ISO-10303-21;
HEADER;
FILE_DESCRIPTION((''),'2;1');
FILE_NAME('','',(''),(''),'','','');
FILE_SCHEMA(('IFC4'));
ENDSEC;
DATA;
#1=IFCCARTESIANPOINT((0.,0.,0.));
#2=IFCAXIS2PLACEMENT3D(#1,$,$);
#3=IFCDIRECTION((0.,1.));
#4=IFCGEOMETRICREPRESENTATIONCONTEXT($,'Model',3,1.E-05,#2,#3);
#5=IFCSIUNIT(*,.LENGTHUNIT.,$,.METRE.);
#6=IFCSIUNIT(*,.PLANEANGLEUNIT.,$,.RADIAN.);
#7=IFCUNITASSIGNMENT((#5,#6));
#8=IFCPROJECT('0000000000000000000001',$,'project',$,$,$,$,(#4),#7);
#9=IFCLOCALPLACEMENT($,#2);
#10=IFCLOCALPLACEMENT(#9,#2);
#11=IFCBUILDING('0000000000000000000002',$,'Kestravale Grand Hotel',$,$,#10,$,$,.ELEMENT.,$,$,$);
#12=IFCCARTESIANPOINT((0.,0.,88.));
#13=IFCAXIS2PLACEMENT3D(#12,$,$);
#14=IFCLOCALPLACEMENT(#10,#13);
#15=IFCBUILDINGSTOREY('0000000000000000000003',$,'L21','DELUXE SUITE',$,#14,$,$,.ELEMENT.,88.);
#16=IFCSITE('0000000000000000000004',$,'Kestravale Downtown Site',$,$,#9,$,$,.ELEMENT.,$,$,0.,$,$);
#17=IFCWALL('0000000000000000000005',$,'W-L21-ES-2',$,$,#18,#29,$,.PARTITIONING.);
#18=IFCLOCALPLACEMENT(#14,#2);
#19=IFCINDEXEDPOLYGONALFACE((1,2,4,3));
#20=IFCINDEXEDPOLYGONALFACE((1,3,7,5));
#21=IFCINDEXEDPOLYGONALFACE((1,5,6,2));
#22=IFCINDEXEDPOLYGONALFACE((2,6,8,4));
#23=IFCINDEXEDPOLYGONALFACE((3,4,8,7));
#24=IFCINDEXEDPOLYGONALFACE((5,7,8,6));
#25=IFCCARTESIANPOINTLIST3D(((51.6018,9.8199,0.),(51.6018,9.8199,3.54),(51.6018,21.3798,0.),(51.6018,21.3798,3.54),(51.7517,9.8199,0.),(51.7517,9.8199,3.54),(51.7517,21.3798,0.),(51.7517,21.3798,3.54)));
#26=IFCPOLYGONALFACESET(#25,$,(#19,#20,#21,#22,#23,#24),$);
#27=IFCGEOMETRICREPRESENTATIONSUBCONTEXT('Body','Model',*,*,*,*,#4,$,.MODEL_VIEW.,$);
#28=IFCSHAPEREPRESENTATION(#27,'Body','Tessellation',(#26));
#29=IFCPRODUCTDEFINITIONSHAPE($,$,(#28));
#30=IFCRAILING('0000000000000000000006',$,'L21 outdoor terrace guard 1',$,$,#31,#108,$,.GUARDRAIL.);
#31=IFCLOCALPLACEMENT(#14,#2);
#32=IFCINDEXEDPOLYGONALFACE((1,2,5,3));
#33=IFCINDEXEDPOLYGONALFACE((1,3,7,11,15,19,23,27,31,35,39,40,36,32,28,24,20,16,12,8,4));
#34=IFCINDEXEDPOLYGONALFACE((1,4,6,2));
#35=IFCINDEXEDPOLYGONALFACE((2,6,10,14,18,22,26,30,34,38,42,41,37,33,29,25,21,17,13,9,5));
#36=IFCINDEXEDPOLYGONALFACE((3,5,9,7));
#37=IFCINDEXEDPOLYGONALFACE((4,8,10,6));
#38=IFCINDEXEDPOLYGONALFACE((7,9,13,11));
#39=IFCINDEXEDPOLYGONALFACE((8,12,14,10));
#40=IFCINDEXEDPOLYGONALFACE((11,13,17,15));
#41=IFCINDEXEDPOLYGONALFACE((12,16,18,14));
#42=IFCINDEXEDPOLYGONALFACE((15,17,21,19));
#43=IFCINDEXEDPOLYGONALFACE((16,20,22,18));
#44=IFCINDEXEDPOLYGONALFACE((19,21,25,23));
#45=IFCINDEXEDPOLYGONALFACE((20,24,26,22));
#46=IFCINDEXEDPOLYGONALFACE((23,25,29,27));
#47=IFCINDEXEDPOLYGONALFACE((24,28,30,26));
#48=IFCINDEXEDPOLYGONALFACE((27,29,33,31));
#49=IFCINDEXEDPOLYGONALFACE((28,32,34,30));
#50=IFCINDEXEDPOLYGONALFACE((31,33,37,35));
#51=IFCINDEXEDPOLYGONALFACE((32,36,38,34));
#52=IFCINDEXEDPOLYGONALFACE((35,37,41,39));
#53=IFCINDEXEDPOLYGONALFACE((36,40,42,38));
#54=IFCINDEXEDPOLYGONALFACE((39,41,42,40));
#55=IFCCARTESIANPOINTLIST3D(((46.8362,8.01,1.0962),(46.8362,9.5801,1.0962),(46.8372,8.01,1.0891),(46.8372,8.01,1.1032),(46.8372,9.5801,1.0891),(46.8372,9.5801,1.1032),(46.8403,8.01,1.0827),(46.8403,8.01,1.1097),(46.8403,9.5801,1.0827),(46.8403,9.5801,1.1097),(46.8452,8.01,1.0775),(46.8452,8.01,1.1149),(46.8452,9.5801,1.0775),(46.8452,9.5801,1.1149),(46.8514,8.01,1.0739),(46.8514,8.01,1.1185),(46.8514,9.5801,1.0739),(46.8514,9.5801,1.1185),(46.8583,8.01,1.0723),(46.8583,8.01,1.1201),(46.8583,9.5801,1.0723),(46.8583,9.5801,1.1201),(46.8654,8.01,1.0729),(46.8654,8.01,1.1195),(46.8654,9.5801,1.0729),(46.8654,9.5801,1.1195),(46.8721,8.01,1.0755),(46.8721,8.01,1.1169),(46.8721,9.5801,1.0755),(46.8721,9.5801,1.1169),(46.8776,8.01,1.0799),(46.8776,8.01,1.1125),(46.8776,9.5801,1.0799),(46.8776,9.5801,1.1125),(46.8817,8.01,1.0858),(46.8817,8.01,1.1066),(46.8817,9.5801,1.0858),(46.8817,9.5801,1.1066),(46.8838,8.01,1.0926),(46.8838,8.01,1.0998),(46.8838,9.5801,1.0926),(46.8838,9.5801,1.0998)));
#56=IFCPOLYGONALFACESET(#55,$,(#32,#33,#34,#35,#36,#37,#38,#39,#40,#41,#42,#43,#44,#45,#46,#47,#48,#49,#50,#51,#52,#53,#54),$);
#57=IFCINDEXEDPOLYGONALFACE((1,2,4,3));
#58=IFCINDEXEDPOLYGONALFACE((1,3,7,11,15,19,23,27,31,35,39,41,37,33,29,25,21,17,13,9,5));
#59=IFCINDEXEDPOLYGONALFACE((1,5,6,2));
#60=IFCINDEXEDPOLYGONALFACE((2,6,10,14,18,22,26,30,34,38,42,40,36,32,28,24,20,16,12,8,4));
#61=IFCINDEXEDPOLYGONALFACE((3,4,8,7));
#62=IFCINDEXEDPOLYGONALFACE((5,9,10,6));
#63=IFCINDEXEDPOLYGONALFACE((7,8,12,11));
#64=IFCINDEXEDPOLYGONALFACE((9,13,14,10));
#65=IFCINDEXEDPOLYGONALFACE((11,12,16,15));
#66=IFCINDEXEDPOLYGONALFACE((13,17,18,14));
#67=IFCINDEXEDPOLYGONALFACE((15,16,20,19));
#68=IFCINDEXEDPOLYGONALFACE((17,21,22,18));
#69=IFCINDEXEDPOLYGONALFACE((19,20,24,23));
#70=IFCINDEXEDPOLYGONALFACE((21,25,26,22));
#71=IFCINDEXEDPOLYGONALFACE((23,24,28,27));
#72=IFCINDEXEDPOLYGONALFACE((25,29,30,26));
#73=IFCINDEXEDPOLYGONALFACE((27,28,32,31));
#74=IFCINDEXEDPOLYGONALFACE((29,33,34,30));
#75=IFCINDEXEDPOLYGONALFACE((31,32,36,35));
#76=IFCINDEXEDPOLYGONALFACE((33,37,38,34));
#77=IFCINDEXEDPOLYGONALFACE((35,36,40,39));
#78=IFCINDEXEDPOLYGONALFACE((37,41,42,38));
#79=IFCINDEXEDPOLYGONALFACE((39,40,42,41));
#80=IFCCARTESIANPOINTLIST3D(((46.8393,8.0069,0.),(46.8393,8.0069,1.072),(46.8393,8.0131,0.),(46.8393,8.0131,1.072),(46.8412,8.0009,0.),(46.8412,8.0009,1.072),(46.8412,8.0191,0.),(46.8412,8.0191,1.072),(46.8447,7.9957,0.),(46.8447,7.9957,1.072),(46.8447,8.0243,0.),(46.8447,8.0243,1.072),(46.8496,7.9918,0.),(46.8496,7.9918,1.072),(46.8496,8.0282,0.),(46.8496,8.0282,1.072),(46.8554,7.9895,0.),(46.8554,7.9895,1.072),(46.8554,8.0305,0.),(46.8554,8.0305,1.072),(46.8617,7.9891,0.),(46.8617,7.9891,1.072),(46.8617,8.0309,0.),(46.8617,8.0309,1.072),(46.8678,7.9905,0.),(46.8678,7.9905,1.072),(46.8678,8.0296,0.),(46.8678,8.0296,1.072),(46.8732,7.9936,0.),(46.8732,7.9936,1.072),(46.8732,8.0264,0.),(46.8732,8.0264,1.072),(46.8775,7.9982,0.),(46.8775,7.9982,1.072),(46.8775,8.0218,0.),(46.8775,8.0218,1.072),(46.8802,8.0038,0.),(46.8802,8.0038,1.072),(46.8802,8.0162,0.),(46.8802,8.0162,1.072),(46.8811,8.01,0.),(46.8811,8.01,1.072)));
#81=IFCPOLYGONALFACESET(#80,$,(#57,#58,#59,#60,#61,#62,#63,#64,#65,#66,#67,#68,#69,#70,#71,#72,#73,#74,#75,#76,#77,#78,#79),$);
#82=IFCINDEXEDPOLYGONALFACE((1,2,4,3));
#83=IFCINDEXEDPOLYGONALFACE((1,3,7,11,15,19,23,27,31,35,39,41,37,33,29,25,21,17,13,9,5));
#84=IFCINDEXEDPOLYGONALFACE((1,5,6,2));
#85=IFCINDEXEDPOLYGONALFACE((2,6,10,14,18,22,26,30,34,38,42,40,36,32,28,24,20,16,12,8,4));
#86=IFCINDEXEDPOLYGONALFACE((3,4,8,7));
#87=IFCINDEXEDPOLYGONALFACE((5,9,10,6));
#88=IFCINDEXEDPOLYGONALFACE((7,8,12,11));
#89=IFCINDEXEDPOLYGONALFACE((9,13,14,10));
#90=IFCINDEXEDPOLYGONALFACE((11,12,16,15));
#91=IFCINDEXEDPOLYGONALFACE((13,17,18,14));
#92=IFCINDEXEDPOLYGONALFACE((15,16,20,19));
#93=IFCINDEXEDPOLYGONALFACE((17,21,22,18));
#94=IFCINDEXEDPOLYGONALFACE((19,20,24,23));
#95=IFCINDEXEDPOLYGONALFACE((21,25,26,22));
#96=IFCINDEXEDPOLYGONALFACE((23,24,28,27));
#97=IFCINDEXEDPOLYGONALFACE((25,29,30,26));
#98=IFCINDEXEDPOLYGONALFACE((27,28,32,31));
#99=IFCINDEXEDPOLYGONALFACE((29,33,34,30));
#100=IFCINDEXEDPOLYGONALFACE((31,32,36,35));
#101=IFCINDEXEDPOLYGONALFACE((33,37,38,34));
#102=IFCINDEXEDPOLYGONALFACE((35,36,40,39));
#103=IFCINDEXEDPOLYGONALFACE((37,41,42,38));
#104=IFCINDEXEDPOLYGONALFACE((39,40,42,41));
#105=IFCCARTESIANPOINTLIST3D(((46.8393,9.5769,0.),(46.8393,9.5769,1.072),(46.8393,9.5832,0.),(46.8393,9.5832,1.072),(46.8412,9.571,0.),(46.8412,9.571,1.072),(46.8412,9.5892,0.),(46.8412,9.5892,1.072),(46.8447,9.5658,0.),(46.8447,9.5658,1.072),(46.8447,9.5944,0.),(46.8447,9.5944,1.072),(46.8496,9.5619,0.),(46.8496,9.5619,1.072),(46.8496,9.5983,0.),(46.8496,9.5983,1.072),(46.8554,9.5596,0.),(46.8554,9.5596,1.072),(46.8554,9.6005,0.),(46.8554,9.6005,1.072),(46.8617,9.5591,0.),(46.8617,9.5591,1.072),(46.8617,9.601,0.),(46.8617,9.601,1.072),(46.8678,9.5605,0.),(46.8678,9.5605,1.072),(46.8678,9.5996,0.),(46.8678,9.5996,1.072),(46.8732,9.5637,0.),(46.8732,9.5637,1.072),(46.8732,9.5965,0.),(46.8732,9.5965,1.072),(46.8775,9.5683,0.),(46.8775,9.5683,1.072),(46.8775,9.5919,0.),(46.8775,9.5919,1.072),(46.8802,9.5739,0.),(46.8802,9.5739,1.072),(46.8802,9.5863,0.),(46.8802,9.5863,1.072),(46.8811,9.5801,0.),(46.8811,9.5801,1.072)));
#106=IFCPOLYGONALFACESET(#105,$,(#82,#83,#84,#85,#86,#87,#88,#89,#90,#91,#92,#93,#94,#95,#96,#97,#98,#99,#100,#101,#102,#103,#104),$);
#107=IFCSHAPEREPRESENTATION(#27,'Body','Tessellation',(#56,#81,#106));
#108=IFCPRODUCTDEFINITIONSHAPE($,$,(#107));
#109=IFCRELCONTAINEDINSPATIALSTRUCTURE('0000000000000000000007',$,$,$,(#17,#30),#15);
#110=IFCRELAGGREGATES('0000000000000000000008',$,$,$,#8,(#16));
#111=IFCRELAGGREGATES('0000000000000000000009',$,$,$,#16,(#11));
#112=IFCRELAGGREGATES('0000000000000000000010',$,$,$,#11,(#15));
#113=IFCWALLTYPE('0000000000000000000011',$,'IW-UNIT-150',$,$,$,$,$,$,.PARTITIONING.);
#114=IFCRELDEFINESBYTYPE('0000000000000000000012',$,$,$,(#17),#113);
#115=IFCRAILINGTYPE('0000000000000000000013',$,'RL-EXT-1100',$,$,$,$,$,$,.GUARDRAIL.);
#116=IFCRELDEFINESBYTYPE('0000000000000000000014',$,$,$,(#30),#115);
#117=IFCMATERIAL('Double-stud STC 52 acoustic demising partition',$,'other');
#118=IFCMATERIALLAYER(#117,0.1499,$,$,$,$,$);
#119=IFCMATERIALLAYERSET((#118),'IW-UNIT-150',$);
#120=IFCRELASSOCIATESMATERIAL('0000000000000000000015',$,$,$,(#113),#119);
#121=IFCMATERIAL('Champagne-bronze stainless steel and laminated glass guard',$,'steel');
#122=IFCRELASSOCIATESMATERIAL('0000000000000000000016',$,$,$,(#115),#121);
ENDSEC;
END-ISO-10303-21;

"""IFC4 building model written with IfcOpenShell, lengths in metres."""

from ifc_helpers import new_model, si_unit, direction, frame, frame_2d, origin, origin_2d, place, context, subcontext, project, spatial, rectangle, circle, extrude, material, layer, layer_set, type_object, element, save


model = new_model("IFC4")

# Units and contexts
model_context = context("Model", 3, precision=1e-05, world=origin(), true_north=direction((0.0, 1.0)))
body_context = subcontext(model_context, "Body", "Model", "MODEL_VIEW")
ifc_project = project(units=[si_unit("LENGTHUNIT", "METRE"), si_unit("PLANEANGLEUNIT", "RADIAN")], contexts=[model_context])

# Site, building, storey
site_placement = place(None, origin())
site = spatial("IfcSite", under=ifc_project, at=site_placement, Name="Kestravale Downtown Site", CompositionType="ELEMENT", RefElevation=0.0)
building_placement = place(site_placement, origin())
building = spatial("IfcBuilding", under=site, at=building_placement, Name="Kestravale Grand Hotel", CompositionType="ELEMENT")
storey_placement = place(building_placement, frame((0.0, 0.0, 88.0)))
storey = spatial("IfcBuildingStorey", under=building, at=storey_placement, Name="L21", Description="DELUXE SUITE", CompositionType="ELEMENT", Elevation=88.0)

# Wall
ifc_material_1 = material(Name="Double-stud STC 52 acoustic demising partition", Category="other")
ifc_layer_1 = layer(ifc_material_1, 0.1499)
ifc_layer_set_1 = layer_set([ifc_layer_1], Name="IW-UNIT-150")
wall_type_1 = type_object("IfcWallType", Name="IW-UNIT-150", PredefinedType="PARTITIONING", material=ifc_layer_set_1)
wall_1_placement = place(storey_placement, frame((51.6768, 9.8201, 0.0), z_axis=(0.0, 0.0, 1.0), x_axis=(0.0, 1.0, 0.0)))
element("IfcWall", 1, at=wall_1_placement, inside=storey, type_object=wall_type_1, Name="W-L21-ES-2", PredefinedType="PARTITIONING", context=body_context, shape_type="SweptSolid", body=[
    extrude(rectangle(XDim=11.5598, YDim=0.1499, at=frame_2d((5.7798, 0.0))), origin(), (0.0, 0.0, 1.0), 3.54),
])

# Railing
ifc_material_2 = material(Name="Champagne-bronze stainless steel and laminated glass guard", Category="steel")
railing_type = type_object("IfcRailingType", Name="RL-EXT-1100", PredefinedType="GUARDRAIL", material=ifc_material_2)
railing_1_placement = place(storey_placement, frame((46.8601, 8.01, 0.0)))
element("IfcRailing", 2, at=railing_1_placement, inside=storey, type_object=railing_type, Name="L21 outdoor terrace guard 1", PredefinedType="GUARDRAIL", context=body_context, shape_type="SweptSolid", body=[
    extrude(circle(Radius=0.0239, at=origin_2d()), frame((0.0, 0.0, 1.0962), z_axis=(0.0, 1.0, 0.0), x_axis=(-1.0, 0.0, 0.0)), (0.0, 0.0, 1.0), 1.5701),
    extrude(circle(Radius=0.021, at=origin_2d()), origin(), (0.0, 0.0, 1.0), 1.072),
    extrude(circle(Radius=0.021, at=origin_2d()), frame((0.0, 1.5701, 0.0)), (0.0, 0.0, 1.0), 1.072),
])

save(model, "model.ifc")
